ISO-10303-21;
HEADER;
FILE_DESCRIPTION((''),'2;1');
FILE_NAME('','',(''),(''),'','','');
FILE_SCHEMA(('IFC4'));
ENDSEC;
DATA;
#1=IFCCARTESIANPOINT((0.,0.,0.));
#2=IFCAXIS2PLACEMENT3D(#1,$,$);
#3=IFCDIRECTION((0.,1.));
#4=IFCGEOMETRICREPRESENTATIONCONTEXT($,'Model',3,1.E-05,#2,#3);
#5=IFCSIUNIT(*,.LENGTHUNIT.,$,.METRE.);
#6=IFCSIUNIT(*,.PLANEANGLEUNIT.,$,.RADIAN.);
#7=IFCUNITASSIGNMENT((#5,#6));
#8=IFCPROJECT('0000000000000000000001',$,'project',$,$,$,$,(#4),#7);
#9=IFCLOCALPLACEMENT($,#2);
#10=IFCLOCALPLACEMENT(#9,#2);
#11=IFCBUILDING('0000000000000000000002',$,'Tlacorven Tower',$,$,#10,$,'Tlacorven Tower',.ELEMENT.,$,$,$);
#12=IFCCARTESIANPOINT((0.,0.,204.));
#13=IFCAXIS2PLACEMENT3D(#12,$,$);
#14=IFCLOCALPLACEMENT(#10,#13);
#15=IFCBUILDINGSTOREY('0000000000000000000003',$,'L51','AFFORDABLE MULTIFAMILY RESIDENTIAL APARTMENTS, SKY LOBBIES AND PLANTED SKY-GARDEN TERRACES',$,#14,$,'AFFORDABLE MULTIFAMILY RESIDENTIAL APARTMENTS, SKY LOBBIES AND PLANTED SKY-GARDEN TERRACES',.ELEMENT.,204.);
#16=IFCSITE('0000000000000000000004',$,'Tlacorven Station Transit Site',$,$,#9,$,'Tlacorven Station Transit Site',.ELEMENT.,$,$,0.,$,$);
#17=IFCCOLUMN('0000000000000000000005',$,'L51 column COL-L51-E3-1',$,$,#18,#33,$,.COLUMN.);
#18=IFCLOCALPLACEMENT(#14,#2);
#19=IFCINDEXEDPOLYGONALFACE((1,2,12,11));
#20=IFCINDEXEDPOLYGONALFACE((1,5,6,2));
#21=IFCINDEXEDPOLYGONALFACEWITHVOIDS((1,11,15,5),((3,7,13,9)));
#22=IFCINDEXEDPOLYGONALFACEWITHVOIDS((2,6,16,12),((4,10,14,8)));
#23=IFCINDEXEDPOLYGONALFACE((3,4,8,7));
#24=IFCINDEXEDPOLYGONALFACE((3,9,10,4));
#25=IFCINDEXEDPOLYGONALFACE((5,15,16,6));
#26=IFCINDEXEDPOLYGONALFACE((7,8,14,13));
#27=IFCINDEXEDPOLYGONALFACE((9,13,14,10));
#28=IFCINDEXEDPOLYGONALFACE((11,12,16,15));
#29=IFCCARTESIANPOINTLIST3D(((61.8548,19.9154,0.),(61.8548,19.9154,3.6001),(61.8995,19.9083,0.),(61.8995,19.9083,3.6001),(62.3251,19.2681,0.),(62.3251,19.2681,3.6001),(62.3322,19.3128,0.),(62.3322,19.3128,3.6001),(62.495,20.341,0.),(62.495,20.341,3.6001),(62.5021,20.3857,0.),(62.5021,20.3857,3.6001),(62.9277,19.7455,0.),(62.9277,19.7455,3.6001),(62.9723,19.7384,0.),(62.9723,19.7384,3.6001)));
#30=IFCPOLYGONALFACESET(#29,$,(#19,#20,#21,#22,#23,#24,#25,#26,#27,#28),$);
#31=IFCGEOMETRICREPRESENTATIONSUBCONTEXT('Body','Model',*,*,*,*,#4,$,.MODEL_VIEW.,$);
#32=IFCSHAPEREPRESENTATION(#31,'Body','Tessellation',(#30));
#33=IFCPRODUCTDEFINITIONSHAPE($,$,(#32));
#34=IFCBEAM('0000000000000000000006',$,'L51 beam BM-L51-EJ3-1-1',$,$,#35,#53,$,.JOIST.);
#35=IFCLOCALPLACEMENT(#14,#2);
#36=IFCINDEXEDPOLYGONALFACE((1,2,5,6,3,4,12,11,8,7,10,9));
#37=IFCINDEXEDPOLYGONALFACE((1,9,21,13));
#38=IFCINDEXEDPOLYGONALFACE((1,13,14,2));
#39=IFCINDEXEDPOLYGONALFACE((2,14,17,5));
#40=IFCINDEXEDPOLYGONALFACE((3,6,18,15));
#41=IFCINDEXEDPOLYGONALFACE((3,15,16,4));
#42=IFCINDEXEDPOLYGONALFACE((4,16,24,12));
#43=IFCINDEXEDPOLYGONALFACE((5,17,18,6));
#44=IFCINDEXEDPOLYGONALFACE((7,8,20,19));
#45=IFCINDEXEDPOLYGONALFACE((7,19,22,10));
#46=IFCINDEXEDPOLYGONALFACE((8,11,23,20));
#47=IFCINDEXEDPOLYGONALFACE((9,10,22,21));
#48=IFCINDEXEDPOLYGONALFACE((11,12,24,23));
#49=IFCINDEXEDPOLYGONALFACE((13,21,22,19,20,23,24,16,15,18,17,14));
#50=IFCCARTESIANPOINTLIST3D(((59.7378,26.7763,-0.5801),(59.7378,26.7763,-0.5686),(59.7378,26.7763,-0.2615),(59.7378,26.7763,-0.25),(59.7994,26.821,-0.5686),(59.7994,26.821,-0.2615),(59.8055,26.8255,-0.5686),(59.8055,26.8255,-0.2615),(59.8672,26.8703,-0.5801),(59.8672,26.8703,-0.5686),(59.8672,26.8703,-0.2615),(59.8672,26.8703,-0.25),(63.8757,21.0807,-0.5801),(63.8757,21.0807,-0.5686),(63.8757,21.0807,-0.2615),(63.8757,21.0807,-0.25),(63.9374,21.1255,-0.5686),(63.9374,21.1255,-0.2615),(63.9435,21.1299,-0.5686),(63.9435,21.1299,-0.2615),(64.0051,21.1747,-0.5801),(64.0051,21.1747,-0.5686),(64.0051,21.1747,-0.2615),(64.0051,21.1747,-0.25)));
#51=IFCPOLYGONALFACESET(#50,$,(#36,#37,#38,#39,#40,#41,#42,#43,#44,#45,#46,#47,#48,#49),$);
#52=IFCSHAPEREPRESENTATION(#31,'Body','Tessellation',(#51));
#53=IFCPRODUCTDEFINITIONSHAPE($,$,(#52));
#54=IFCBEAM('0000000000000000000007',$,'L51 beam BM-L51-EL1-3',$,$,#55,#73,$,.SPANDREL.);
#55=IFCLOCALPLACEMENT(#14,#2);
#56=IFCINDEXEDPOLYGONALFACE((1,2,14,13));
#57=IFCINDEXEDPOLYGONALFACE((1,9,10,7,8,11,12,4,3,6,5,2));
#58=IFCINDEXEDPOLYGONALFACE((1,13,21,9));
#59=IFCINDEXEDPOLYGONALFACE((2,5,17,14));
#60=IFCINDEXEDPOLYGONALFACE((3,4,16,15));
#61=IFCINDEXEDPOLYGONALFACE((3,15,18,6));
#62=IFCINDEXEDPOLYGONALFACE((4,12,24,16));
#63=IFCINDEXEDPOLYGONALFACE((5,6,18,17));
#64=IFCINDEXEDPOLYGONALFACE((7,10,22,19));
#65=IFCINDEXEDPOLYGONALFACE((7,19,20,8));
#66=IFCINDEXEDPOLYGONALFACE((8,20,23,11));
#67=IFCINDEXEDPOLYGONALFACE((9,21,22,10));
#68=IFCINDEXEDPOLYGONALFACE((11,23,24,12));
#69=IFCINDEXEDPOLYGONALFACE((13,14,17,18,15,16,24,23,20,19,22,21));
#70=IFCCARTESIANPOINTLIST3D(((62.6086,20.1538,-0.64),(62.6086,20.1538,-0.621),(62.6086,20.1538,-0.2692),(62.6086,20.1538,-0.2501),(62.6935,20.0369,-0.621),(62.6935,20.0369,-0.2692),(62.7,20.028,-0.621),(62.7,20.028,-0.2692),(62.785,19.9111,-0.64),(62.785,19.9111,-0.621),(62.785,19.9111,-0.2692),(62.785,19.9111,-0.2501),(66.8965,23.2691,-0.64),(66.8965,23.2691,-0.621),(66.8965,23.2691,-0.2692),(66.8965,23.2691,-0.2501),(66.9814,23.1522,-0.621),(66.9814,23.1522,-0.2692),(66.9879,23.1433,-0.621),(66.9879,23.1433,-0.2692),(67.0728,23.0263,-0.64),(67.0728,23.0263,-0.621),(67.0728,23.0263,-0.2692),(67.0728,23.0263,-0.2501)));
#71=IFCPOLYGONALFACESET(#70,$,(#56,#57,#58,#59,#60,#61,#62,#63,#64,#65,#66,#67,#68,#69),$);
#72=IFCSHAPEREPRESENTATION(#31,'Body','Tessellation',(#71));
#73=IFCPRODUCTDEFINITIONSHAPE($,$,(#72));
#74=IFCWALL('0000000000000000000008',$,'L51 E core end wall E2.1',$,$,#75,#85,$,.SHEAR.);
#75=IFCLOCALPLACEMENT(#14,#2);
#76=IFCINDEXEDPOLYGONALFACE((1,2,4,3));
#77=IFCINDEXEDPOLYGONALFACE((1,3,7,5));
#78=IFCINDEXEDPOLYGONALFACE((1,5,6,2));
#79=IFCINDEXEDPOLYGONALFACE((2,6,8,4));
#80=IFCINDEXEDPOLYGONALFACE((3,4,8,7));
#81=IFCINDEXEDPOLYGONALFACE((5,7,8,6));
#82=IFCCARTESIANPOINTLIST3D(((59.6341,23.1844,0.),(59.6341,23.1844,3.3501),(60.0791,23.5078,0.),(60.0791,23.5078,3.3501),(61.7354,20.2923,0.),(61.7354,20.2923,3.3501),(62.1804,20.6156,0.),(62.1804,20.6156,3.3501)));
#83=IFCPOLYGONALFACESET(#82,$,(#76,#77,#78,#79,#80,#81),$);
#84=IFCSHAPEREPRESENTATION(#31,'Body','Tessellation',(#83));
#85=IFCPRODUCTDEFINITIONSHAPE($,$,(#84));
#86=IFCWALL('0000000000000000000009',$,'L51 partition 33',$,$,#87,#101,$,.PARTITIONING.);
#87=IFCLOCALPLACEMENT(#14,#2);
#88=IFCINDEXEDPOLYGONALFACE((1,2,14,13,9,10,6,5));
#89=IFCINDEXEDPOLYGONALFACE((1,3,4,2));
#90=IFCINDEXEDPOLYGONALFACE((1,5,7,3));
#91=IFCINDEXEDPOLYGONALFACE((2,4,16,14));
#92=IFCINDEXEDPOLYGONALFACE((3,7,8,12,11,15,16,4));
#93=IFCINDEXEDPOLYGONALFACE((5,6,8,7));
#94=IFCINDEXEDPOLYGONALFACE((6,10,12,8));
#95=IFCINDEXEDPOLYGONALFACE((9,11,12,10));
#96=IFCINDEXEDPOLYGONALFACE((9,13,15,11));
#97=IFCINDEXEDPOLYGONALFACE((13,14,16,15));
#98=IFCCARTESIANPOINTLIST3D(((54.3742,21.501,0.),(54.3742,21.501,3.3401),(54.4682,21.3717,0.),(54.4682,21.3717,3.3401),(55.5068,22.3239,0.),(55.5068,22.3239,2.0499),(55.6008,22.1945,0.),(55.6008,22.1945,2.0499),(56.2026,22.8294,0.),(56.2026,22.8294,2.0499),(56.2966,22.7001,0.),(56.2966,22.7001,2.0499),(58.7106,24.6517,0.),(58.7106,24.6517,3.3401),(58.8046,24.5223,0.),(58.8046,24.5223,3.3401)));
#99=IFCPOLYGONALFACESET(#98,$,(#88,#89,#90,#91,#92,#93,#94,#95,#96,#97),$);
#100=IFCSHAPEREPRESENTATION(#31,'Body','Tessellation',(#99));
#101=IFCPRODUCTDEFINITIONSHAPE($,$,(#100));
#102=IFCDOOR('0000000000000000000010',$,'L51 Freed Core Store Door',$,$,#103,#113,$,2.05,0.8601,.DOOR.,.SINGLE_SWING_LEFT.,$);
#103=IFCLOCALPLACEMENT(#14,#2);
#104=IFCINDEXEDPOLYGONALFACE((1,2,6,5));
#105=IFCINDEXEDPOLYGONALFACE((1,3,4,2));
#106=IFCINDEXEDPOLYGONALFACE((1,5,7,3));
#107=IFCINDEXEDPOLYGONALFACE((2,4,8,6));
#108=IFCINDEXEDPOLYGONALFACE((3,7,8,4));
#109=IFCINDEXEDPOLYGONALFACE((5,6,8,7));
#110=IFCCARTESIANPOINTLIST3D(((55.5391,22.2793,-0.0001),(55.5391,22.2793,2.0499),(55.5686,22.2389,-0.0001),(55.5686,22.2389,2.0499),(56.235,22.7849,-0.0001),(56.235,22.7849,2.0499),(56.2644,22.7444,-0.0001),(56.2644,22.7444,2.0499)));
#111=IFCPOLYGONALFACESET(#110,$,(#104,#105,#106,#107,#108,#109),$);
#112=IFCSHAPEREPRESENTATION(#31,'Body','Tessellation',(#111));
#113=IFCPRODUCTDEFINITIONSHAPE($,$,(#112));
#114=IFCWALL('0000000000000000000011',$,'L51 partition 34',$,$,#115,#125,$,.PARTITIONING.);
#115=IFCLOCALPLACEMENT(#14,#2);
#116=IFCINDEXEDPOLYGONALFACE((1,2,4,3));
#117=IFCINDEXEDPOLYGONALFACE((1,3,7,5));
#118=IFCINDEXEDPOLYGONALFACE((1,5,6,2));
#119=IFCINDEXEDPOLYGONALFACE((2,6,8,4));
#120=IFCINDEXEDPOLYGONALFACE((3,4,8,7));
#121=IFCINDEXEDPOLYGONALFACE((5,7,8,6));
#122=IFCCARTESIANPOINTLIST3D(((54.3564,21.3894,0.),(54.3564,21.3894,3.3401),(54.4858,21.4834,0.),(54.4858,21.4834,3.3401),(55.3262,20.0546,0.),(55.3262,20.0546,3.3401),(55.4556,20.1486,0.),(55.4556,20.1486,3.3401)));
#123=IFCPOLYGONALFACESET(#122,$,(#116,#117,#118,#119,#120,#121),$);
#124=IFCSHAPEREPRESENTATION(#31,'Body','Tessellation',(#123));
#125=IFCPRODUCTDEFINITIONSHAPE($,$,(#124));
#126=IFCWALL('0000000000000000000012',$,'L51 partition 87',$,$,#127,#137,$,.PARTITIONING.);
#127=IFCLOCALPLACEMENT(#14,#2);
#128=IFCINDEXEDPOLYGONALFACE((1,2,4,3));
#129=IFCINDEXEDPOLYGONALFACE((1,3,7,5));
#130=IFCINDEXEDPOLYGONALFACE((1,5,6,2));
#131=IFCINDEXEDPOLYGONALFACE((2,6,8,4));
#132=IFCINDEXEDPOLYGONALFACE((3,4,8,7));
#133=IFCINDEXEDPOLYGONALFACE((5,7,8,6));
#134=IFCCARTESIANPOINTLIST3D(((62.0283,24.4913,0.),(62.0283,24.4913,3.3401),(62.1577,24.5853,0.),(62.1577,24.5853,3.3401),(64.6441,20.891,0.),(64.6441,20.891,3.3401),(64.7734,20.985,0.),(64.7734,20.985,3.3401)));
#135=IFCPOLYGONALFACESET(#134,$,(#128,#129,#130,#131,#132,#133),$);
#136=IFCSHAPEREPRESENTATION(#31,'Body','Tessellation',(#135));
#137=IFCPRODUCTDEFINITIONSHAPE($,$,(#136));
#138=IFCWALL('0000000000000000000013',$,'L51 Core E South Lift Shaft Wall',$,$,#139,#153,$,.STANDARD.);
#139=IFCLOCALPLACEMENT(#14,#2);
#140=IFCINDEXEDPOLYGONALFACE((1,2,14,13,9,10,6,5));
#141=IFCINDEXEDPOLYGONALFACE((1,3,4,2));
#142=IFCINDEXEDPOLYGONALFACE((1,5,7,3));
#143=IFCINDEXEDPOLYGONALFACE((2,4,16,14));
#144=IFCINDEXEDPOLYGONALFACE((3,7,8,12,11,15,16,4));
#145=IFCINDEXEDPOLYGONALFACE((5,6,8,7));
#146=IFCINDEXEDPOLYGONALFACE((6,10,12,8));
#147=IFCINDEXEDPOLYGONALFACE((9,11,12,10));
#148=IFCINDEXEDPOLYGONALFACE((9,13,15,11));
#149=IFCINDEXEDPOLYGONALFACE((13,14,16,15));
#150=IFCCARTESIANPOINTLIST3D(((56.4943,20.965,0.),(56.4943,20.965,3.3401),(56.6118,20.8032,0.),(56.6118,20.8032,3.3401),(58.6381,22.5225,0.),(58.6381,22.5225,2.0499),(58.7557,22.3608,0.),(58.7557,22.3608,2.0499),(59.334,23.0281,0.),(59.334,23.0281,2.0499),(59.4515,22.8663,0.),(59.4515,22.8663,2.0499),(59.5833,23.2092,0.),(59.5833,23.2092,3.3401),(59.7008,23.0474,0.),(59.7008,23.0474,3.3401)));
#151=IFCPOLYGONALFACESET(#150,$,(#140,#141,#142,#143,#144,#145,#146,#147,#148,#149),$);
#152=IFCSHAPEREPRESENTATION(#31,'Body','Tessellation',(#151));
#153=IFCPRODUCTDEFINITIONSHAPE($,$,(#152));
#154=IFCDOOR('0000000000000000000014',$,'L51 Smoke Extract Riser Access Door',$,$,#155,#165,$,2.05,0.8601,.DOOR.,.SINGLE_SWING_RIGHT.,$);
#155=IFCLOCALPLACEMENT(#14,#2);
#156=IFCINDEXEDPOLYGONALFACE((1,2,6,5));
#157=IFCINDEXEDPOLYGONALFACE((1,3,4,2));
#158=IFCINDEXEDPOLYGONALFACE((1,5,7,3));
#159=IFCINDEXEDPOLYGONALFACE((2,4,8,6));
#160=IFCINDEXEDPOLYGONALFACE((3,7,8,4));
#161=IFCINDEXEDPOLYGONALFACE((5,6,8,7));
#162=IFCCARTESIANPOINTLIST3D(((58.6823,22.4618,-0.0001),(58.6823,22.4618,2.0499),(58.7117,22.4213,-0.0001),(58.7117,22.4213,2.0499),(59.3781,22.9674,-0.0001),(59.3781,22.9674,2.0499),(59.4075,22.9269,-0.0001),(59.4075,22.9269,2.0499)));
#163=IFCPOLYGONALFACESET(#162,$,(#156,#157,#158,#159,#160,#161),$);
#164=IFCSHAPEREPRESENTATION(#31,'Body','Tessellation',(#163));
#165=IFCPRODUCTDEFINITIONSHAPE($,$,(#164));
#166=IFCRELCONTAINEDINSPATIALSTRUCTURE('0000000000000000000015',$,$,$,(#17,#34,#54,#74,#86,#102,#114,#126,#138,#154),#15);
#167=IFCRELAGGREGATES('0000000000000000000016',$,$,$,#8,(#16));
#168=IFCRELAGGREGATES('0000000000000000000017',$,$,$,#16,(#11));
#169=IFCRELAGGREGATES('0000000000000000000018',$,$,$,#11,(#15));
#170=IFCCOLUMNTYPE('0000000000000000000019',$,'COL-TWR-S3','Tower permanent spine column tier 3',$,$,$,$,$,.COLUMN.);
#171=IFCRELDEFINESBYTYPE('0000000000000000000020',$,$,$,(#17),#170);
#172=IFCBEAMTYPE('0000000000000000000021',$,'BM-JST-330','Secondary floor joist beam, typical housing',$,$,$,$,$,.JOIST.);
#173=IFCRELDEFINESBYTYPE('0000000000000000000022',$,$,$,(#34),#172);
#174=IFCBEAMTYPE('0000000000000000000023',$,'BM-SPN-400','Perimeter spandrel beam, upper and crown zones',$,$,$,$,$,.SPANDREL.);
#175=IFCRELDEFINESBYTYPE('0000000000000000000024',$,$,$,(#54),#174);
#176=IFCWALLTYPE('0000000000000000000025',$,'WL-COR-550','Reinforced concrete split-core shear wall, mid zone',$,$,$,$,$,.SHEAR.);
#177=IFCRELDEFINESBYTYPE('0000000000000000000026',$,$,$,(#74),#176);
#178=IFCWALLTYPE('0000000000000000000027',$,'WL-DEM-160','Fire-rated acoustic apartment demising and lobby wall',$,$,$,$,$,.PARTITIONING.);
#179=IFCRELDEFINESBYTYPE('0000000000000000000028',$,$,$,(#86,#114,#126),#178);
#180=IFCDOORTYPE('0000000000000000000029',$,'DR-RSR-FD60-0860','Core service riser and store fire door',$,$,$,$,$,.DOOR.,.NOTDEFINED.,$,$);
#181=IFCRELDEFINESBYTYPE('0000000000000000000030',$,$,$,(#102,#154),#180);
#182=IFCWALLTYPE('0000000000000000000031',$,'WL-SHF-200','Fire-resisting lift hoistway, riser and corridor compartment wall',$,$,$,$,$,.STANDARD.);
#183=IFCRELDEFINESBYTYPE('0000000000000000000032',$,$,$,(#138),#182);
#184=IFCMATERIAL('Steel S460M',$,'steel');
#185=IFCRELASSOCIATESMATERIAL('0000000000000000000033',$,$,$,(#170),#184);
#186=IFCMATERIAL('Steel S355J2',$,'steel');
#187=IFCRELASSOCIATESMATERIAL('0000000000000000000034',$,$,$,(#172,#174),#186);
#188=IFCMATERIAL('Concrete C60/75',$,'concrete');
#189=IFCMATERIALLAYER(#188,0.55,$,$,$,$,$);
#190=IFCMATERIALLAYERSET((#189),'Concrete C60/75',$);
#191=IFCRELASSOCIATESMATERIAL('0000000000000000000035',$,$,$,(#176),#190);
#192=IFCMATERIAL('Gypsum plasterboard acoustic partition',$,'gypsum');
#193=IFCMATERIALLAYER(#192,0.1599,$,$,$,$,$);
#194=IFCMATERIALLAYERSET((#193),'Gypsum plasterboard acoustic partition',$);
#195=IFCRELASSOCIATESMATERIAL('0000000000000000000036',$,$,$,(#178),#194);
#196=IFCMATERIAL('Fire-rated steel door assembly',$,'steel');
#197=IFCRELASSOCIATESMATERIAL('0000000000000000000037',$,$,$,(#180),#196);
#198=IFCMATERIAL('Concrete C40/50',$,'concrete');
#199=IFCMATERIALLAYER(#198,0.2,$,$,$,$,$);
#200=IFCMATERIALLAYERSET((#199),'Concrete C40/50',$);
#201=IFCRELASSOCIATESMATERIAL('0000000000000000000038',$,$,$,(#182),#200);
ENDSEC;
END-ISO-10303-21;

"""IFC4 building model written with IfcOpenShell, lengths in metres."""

from ifc_helpers import new_model, si_unit, direction, frame, frame_2d, origin, origin_2d, place, context, subcontext, project, spatial, rectangle, hollow_rectangle, i_section, extrude, source, transform, mapped, material, layer, layer_set, material_profile, profile_set, type_object, element, fill, save


model = new_model("IFC4")

# Units and contexts
model_context = context("Model", 3, precision=1e-05, world=origin(), true_north=direction((0.0, 1.0)))
body_context = subcontext(model_context, "Body", "Model", "MODEL_VIEW")
ifc_project = project(units=[si_unit("LENGTHUNIT", "METRE"), si_unit("PLANEANGLEUNIT", "RADIAN")], contexts=[model_context])

# Site, building, storey
site_placement = place(None, origin())
site = spatial("IfcSite", under=ifc_project, at=site_placement, Name="Tlacorven Station Transit Site", LongName="Tlacorven Station Transit Site", CompositionType="ELEMENT", RefElevation=0.0)
building_placement = place(site_placement, origin())
building = spatial("IfcBuilding", under=site, at=building_placement, Name="Tlacorven Tower", LongName="Tlacorven Tower", CompositionType="ELEMENT")
storey_placement = place(building_placement, frame((0.0, 0.0, 204.0)))
storey = spatial("IfcBuildingStorey", under=building, at=storey_placement, Name="L51", Description="AFFORDABLE MULTIFAMILY RESIDENTIAL APARTMENTS, SKY LOBBIES AND PLANTED SKY-GARDEN TERRACES", LongName="AFFORDABLE MULTIFAMILY RESIDENTIAL APARTMENTS, SKY LOBBIES AND PLANTED SKY-GARDEN TERRACES", CompositionType="ELEMENT", Elevation=204.0)

# Column
ifc_material_1 = material(Name="Steel S460M", Category="steel")
ifc_material_profile_1 = material_profile(ifc_material_1, hollow_rectangle(XDim=0.8, YDim=0.8, WallThickness=0.032, at=origin_2d()), Name="BOX 800X800X32")
ifc_profile_set_1 = profile_set([ifc_material_profile_1], Name="Steel S460M")
column_type = type_object("IfcColumnType", Name="COL-TWR-S3", Description="Tower permanent spine column tier 3", PredefinedType="COLUMN", material=ifc_profile_set_1)
shared_shape_1 = source(origin(), body_context, "Body", "SweptSolid", [
    extrude(hollow_rectangle(XDim=0.8, YDim=0.8, WallThickness=0.032, at=origin_2d()), origin(), (0.0, 0.0, 1.0), 3.6001),
])
column_placement = place(storey_placement, frame((62.4136, 19.8269, 0.0), z_axis=(0.0, 0.0, 1.0), x_axis=(0.809017, 0.587785, 0.0)))
element("IfcColumn", 1, at=column_placement, inside=storey, type_object=column_type, Name="L51 column COL-L51-E3-1", PredefinedType="COLUMN", context=body_context, shape_type="MappedRepresentation", body=[
    mapped(shared_shape_1, transform((0.0, 0.0, 0.0), scale=1.0)),
])

# Beams
ifc_material_2 = material(Name="Steel S355J2", Category="steel")
ifc_material_profile_2 = material_profile(ifc_material_2, i_section(OverallWidth=0.1599, OverallDepth=0.3301, WebThickness=0.0076, FlangeThickness=0.0115, at=origin_2d()), Name="IPE 330")
ifc_profile_set_2 = profile_set([ifc_material_profile_2], Name="Steel S355J2")
beam_type_1 = type_object("IfcBeamType", Name="BM-JST-330", Description="Secondary floor joist beam, typical housing", PredefinedType="JOIST", material=ifc_profile_set_2)
shared_shape_2 = source(origin(), body_context, "Body", "SweptSolid", [
    extrude(i_section(OverallWidth=0.1599, OverallDepth=0.3301, WebThickness=0.0076, FlangeThickness=0.0115, at=origin_2d()), origin(), (0.0, 0.0, 1.0), 7.04),
])
beam_1_placement = place(storey_placement, frame((63.9404, 21.1277, -0.415), z_axis=(-0.587774, 0.809025, 0.0), x_axis=(-0.809025, -0.587774, 0.0)))
element("IfcBeam", 2, at=beam_1_placement, inside=storey, type_object=beam_type_1, Name="L51 beam BM-L51-EJ3-1-1", PredefinedType="JOIST", context=body_context, shape_type="MappedRepresentation", body=[
    mapped(shared_shape_2, transform((0.0, 0.0, 0.0), scale=1.0)),
])
ifc_material_profile_3 = material_profile(ifc_material_2, i_section(OverallWidth=0.3, OverallDepth=0.3899, WebThickness=0.011, FlangeThickness=0.019, at=origin_2d()), Name="HEA 400")
ifc_profile_set_3 = profile_set([ifc_material_profile_3], Name="Steel S355J2")
beam_type_2 = type_object("IfcBeamType", Name="BM-SPN-400", Description="Perimeter spandrel beam, upper and crown zones", PredefinedType="SPANDREL", material=ifc_profile_set_3)
shared_shape_3 = source(origin(), body_context, "Body", "SweptSolid", [
    extrude(i_section(OverallWidth=0.3, OverallDepth=0.3899, WebThickness=0.011, FlangeThickness=0.019, at=origin_2d()), origin(), (0.0, 0.0, 1.0), 5.3),
])
beam_2_placement = place(storey_placement, frame((62.6968, 20.0325, -0.4451), z_axis=(0.809023, 0.587777, 0.0), x_axis=(-0.587777, 0.809023, 0.0)))
element("IfcBeam", 3, at=beam_2_placement, inside=storey, type_object=beam_type_2, Name="L51 beam BM-L51-EL1-3", PredefinedType="SPANDREL", context=body_context, shape_type="MappedRepresentation", body=[
    mapped(shared_shape_3, transform((0.0, 0.0, 0.0), scale=1.0)),
])

# Wall
ifc_material_3 = material(Name="Concrete C60/75", Category="concrete")
ifc_layer_1 = layer(ifc_material_3, 0.55)
ifc_layer_set_1 = layer_set([ifc_layer_1], Name="Concrete C60/75")
wall_type_1 = type_object("IfcWallType", Name="WL-COR-550", Description="Reinforced concrete split-core shear wall, mid zone", PredefinedType="SHEAR", material=ifc_layer_set_1)
wall_1_placement = place(storey_placement, frame((61.958, 20.4539, 0.0), z_axis=(0.0, 0.0, 1.0), x_axis=(-0.587802, 0.809005, 0.0)))
element("IfcWall", 4, at=wall_1_placement, inside=storey, type_object=wall_type_1, Name="L51 E core end wall E2.1", PredefinedType="SHEAR", context=body_context, shape_type="SweptSolid", body=[
    extrude(rectangle(XDim=3.575, YDim=0.55, at=frame_2d((1.7876, 0.0))), origin(), (0.0, 0.0, 1.0), 3.3501),
])

# Wall, opening, door
ifc_material_4 = material(Name="Gypsum plasterboard acoustic partition", Category="gypsum")
ifc_layer_2 = layer(ifc_material_4, 0.1599)
ifc_layer_set_2 = layer_set([ifc_layer_2], Name="Gypsum plasterboard acoustic partition")
wall_type_2 = type_object("IfcWallType", Name="WL-DEM-160", Description="Fire-rated acoustic apartment demising and lobby wall", PredefinedType="PARTITIONING", material=ifc_layer_set_2)
wall_2_placement = place(storey_placement, frame((54.4211, 21.4363, 0.0), z_axis=(0.0, 0.0, 1.0), x_axis=(0.809014, 0.58779, 0.0)))
wall_2 = element("IfcWall", 5, at=wall_2_placement, inside=storey, type_object=wall_type_2, Name="L51 partition 33", PredefinedType="PARTITIONING", context=body_context, shape_type="SweptSolid", body=[
    extrude(rectangle(XDim=5.3601, YDim=0.1599, at=frame_2d((2.6802, 0.0))), origin(), (0.0, 0.0, 1.0), 3.3401),
])
opening_1_placement = place(wall_2_placement, frame((1.3999, 0.0, 0.0)))
opening_1 = element("IfcOpeningElement", 6, at=opening_1_placement, cuts=wall_2, PredefinedType="OPENING", context=body_context, shape_type="SweptSolid", body=[
    extrude(rectangle(XDim=0.8601, YDim=2.05, at=frame_2d((0.4302, 1.0249))), frame((0.0, 0.0898, 0.0), z_axis=(0.0, -1.0, 0.0), x_axis=(1.0, 0.0, 0.0)), (0.0, 0.0, 1.0), 0.1799),
])
ifc_material_5 = material(Name="Fire-rated steel door assembly", Category="steel")
door_type = type_object("IfcDoorType", Name="DR-RSR-FD60-0860", Description="Core service riser and store fire door", OperationType="NOTDEFINED", PredefinedType="DOOR", material=ifc_material_5)
shared_shape_4 = source(origin(), body_context, "Body", "SweptSolid", [
    extrude(rectangle(XDim=0.8601, YDim=2.05, at=frame_2d((0.4302, 1.0249))), frame((0.0, 0.0249, 0.0), z_axis=(0.0, -1.0, 0.0), x_axis=(1.0, 0.0, 0.0)), (0.0, 0.0, 1.0), 0.05),
])
door_1_placement = place(opening_1_placement, origin())
door_1 = element("IfcDoor", 7, at=door_1_placement, inside=storey, type_object=door_type, Name="L51 Freed Core Store Door", OperationType="SINGLE_SWING_LEFT", OverallHeight=2.05, OverallWidth=0.8601, PredefinedType="DOOR", context=body_context, shape_type="MappedRepresentation", body=[
    mapped(shared_shape_4, transform((0.0, 0.0, 0.0), scale=1.0)),
])
fill(opening_1, door_1)

# Walls
wall_3_placement = place(storey_placement, frame((55.3909, 20.1016, 0.0), z_axis=(0.0, 0.0, 1.0), x_axis=(-0.587784, 0.809018, 0.0)))
element("IfcWall", 8, at=wall_3_placement, inside=storey, type_object=wall_type_2, Name="L51 partition 34", PredefinedType="PARTITIONING", context=body_context, shape_type="SweptSolid", body=[
    extrude(rectangle(XDim=1.6499, YDim=0.1599, at=frame_2d((0.825, 0.0))), origin(), (0.0, 0.0, 1.0), 3.3401),
])
wall_4_placement = place(storey_placement, frame((64.7087, 20.938, 0.0), z_axis=(0.0, 0.0, 1.0), x_axis=(-0.587774, 0.809025, 0.0)))
element("IfcWall", 9, at=wall_4_placement, inside=storey, type_object=wall_type_2, Name="L51 partition 87", PredefinedType="PARTITIONING", context=body_context, shape_type="SweptSolid", body=[
    extrude(rectangle(XDim=4.4502, YDim=0.1599, at=frame_2d((2.2251, 0.0))), origin(), (0.0, 0.0, 1.0), 3.3401),
])

# Wall, opening, door
ifc_material_6 = material(Name="Concrete C40/50", Category="concrete")
ifc_layer_3 = layer(ifc_material_6, 0.2)
ifc_layer_set_3 = layer_set([ifc_layer_3], Name="Concrete C40/50")
wall_type_3 = type_object("IfcWallType", Name="WL-SHF-200", Description="Fire-resisting lift hoistway, riser and corridor compartment wall", PredefinedType="STANDARD", material=ifc_layer_set_3)
wall_5_placement = place(storey_placement, frame((56.553, 20.884, 0.0), z_axis=(0.0, 0.0, 1.0), x_axis=(0.809024, 0.587776, 0.0)))
wall_5 = element("IfcWall", 10, at=wall_5_placement, inside=storey, type_object=wall_type_3, Name="L51 Core E South Lift Shaft Wall", PredefinedType="STANDARD", context=body_context, shape_type="SweptSolid", body=[
    extrude(rectangle(XDim=3.8181, YDim=0.2, at=frame_2d((1.9092, 0.0))), origin(), (0.0, 0.0, 1.0), 3.3401),
])
opening_2_placement = place(wall_5_placement, frame((2.6499, 0.0, 0.0)))
opening_2 = element("IfcOpeningElement", 11, at=opening_2_placement, cuts=wall_5, PredefinedType="OPENING", context=body_context, shape_type="SweptSolid", body=[
    extrude(rectangle(XDim=0.8601, YDim=2.05, at=frame_2d((0.4302, 1.0249))), frame((0.0, 0.1099, 0.0), z_axis=(0.0, -1.0, 0.0), x_axis=(1.0, 0.0, 0.0)), (0.0, 0.0, 1.0), 0.22),
])
door_2_placement = place(opening_2_placement, origin())
door_2 = element("IfcDoor", 12, at=door_2_placement, inside=storey, type_object=door_type, Name="L51 Smoke Extract Riser Access Door", OperationType="SINGLE_SWING_RIGHT", OverallHeight=2.05, OverallWidth=0.8601, PredefinedType="DOOR", context=body_context, shape_type="MappedRepresentation", body=[
    mapped(shared_shape_4, transform((0.0, 0.0, 0.0), scale=1.0)),
])
fill(opening_2, door_2)

save(model, "model.ifc")
